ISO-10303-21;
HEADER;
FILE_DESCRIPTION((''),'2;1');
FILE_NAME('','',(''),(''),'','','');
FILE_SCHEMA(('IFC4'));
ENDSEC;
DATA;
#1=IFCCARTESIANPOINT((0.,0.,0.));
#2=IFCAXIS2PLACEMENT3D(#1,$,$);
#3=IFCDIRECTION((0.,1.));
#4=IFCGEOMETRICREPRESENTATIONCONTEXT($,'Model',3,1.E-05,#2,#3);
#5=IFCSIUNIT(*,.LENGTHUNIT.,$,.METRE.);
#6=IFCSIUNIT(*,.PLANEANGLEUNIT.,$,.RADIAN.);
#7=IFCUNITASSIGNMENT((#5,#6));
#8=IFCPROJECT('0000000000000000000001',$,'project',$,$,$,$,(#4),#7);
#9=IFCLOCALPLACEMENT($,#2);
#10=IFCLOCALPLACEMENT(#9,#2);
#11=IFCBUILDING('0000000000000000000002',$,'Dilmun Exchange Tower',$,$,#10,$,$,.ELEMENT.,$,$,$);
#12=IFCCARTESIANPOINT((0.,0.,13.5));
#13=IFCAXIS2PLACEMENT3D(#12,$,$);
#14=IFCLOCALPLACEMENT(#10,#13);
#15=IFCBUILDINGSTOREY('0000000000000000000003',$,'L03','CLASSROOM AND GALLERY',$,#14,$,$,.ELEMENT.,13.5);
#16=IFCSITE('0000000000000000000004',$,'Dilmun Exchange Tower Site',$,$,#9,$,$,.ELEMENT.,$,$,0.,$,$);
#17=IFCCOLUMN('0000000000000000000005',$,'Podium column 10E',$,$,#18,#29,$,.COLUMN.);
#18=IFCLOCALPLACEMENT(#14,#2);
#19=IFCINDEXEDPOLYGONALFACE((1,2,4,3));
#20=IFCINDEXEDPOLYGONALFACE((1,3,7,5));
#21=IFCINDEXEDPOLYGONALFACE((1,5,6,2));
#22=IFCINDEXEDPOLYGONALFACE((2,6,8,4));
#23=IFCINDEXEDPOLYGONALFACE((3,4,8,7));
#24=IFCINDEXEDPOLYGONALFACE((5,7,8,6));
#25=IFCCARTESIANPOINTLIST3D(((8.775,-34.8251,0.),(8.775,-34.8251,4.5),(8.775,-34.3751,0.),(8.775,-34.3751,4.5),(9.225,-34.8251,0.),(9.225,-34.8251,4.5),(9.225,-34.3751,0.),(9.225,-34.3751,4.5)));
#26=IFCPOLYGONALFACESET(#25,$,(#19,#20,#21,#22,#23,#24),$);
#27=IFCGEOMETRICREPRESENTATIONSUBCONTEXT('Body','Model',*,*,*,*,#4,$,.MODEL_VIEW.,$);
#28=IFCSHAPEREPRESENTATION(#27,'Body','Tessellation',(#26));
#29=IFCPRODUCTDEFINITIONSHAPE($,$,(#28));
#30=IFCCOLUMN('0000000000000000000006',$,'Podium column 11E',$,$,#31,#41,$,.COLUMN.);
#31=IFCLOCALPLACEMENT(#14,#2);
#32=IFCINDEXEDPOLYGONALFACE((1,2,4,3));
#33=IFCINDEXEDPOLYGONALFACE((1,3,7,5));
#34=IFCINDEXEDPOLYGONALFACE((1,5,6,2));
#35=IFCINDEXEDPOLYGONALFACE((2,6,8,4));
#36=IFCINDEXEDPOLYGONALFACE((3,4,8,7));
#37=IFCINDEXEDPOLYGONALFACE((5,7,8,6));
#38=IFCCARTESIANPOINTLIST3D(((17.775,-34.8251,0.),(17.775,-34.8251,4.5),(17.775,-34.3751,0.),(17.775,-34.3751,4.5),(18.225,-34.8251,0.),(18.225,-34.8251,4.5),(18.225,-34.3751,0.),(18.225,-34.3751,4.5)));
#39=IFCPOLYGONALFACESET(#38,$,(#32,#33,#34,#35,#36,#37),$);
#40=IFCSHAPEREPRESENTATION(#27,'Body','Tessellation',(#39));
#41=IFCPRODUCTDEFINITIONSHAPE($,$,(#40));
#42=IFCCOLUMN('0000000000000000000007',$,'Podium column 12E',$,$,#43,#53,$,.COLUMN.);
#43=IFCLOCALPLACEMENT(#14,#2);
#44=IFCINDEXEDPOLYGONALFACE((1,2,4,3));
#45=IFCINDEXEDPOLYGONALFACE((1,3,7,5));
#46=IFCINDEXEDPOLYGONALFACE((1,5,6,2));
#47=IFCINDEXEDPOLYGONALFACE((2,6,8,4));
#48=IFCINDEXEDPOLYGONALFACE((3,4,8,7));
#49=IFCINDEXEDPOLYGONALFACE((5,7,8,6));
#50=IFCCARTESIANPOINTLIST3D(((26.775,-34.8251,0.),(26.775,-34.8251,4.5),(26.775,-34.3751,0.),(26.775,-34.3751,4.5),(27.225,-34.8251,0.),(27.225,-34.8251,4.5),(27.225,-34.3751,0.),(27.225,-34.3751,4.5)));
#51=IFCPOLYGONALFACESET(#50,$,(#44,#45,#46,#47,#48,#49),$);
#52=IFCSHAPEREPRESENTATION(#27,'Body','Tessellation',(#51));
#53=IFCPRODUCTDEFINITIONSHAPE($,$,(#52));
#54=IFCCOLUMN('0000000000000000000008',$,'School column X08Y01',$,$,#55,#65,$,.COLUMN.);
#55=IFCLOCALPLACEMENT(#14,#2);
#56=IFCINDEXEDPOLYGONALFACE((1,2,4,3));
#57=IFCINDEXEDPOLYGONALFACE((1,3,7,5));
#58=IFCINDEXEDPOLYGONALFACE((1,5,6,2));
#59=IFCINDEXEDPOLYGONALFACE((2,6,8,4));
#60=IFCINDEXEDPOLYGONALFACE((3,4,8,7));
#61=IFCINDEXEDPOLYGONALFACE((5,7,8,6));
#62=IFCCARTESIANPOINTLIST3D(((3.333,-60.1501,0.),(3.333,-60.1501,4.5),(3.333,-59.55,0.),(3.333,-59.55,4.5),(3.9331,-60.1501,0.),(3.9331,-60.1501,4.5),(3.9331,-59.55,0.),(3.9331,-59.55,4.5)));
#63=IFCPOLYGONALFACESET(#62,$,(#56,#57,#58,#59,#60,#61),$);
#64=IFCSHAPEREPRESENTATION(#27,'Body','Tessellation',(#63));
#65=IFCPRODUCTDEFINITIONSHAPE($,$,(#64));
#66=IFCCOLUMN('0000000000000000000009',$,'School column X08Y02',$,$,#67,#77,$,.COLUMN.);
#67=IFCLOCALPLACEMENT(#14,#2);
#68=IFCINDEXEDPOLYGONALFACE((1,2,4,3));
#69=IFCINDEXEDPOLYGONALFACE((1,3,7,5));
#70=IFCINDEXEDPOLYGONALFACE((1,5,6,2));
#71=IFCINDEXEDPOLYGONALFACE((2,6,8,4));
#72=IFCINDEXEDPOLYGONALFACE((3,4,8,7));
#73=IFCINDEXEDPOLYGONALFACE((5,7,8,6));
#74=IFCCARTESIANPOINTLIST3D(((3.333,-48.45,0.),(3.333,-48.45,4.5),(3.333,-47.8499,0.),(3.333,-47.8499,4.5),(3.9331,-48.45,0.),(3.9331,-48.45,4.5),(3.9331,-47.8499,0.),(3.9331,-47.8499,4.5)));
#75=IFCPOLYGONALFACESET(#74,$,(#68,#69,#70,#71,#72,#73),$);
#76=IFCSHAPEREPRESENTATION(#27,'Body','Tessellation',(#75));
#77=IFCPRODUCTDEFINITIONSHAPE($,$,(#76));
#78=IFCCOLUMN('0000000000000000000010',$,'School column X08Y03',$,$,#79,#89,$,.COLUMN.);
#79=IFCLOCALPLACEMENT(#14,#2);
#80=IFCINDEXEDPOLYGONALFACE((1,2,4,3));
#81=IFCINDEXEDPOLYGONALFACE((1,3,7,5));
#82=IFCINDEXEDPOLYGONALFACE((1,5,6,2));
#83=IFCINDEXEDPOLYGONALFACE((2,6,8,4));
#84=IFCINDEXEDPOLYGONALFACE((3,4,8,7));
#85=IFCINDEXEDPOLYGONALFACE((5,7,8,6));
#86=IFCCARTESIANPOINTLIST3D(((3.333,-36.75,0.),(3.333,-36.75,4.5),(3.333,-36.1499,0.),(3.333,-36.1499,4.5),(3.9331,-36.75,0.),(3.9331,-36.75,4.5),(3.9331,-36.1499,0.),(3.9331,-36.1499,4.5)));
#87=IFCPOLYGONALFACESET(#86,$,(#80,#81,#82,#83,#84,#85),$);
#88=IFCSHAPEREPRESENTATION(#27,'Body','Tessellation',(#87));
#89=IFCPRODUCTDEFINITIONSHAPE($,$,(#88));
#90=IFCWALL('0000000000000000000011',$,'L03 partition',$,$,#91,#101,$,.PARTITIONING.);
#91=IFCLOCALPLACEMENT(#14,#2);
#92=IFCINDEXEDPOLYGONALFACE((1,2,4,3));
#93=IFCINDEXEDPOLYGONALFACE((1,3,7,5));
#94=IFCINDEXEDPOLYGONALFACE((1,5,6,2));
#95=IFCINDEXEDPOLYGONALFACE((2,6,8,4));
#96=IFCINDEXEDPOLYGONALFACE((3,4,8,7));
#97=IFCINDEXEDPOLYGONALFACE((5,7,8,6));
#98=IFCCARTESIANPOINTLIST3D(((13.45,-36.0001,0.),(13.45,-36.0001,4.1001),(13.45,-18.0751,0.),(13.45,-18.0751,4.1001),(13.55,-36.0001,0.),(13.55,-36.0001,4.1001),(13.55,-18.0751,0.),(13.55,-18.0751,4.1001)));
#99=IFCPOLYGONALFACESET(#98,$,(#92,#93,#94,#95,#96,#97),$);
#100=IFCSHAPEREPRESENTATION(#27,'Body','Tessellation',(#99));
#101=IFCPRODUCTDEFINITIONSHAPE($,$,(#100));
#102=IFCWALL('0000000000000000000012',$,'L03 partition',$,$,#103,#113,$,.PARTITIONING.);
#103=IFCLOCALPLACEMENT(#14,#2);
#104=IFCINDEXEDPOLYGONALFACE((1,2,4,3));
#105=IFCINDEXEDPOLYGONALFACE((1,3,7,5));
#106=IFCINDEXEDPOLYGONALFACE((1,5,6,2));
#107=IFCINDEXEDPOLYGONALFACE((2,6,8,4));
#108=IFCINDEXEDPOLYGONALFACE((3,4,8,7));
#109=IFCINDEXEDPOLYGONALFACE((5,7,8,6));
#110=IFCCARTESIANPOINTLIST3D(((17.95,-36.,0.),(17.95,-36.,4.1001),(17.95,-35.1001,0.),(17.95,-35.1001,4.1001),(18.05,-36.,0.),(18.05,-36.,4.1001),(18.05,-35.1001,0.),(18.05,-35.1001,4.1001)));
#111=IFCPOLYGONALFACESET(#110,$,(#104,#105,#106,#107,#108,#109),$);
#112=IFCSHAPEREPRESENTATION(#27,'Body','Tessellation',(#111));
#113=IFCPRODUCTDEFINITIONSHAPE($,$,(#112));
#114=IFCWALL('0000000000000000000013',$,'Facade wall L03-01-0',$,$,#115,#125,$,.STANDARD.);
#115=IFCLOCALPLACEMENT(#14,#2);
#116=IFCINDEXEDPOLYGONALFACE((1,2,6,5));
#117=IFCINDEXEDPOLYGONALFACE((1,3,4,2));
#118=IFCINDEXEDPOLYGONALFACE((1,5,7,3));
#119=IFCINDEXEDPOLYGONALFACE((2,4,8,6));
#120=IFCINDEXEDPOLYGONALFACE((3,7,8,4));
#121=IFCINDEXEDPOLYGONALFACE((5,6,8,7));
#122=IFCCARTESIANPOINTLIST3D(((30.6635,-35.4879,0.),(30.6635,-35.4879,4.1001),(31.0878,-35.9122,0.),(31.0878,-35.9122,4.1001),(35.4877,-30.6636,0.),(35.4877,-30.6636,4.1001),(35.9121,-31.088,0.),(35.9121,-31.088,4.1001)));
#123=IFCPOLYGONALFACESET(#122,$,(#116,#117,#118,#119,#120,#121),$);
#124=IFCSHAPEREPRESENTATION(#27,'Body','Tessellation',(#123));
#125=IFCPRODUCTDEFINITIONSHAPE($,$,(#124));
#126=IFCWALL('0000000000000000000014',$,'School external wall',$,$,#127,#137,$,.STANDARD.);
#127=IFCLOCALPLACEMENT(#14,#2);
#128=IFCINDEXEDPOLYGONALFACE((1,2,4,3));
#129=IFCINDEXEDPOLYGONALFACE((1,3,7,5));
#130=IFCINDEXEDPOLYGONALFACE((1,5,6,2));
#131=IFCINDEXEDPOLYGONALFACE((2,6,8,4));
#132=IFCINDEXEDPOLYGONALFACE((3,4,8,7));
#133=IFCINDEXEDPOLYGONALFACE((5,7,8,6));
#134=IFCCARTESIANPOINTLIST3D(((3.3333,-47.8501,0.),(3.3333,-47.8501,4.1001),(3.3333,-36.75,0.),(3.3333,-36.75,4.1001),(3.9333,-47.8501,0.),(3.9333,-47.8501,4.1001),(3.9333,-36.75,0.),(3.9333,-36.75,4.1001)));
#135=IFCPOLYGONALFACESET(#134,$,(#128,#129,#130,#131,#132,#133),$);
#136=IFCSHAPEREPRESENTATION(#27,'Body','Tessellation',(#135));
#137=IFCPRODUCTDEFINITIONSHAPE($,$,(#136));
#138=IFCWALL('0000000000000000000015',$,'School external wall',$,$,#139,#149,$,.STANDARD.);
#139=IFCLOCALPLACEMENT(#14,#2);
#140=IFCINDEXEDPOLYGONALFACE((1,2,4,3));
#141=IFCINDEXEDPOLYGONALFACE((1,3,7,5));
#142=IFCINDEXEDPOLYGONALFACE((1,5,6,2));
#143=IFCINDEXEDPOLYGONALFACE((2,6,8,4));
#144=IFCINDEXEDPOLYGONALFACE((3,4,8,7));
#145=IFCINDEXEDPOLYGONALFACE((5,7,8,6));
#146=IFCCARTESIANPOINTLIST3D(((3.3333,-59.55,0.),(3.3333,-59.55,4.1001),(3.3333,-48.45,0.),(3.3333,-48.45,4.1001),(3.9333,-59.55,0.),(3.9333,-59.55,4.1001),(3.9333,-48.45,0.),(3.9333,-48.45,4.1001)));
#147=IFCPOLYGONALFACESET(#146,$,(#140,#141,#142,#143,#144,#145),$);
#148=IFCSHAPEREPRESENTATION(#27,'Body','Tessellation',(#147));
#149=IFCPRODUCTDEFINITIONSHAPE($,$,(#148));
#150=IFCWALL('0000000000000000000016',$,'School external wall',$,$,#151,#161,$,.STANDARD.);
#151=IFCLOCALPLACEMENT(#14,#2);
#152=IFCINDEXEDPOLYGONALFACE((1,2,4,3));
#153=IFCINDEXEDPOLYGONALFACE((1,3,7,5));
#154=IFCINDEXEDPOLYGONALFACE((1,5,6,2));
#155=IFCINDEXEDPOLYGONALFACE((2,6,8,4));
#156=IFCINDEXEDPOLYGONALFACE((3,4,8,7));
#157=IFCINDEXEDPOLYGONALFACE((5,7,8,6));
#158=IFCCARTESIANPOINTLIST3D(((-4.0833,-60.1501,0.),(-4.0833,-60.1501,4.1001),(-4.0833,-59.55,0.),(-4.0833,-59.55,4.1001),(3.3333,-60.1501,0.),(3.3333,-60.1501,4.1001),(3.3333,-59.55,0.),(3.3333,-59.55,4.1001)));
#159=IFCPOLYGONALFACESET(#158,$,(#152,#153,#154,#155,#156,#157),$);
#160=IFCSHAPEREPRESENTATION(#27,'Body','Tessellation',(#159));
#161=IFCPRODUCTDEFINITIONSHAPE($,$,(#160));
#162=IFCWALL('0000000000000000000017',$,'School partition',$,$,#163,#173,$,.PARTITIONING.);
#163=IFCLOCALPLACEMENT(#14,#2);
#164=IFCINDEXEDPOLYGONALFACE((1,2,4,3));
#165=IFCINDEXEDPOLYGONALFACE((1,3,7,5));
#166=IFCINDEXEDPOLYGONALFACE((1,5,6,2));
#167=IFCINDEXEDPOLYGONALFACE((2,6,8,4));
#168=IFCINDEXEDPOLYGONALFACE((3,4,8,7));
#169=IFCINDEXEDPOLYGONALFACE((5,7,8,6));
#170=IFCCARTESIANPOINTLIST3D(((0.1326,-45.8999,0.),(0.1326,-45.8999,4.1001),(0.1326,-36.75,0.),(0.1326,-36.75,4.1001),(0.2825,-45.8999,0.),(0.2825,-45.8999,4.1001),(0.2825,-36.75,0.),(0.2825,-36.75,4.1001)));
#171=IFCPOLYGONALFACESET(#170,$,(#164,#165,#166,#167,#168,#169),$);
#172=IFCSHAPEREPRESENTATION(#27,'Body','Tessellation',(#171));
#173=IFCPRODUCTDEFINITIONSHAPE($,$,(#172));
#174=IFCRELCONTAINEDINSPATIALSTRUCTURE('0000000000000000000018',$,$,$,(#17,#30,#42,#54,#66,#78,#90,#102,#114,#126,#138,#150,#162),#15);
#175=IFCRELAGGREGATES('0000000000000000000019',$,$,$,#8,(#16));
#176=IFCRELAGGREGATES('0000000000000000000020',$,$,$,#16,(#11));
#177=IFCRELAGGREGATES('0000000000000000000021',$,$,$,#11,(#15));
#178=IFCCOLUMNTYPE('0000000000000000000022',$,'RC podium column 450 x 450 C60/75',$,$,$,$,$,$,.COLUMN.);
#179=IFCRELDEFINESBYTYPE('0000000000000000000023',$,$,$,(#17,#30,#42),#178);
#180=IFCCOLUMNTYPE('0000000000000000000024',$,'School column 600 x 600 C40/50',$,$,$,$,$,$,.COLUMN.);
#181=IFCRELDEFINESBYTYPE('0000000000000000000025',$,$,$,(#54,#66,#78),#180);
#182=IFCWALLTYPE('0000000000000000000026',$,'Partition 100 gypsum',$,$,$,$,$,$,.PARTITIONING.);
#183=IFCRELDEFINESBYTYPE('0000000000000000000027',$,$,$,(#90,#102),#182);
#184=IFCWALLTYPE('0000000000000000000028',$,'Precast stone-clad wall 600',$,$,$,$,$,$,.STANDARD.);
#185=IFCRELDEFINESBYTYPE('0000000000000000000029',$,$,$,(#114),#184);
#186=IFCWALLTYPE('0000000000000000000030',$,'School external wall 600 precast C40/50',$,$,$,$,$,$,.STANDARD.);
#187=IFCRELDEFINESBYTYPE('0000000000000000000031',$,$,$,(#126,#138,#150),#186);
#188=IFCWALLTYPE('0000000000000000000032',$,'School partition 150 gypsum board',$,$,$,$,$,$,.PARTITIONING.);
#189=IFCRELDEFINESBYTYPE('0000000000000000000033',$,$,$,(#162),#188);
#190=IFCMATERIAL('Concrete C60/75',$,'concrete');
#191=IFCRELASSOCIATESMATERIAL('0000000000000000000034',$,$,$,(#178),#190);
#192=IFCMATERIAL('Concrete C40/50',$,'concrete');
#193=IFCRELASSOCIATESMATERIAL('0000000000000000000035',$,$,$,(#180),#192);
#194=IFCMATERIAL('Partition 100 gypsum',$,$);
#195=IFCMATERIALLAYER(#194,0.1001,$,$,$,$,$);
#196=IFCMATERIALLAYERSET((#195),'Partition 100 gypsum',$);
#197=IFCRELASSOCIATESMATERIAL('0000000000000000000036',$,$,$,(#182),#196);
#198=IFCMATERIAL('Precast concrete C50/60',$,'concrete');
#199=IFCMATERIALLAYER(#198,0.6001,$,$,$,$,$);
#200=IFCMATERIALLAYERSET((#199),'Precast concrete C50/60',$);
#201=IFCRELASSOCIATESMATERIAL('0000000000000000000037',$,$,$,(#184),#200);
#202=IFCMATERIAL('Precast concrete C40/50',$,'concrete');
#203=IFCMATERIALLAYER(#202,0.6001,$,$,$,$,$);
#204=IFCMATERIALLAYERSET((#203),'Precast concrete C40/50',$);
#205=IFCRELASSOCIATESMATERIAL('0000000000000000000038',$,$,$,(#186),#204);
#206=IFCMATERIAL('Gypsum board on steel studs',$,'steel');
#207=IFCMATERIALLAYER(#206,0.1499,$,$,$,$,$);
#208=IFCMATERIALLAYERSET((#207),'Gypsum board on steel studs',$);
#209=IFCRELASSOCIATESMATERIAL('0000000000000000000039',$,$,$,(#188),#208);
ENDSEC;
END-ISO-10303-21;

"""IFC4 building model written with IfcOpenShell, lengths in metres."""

from ifc_helpers import new_model, si_unit, direction, frame, frame_2d, origin, origin_2d, place, context, subcontext, project, spatial, rectangle, extrude, material, layer, layer_set, material_profile, profile_set, type_object, element, save


model = new_model("IFC4")

# Units and contexts
model_context = context("Model", 3, precision=1e-05, world=origin(), true_north=direction((0.0, 1.0)))
body_context = subcontext(model_context, "Body", "Model", "MODEL_VIEW")
ifc_project = project(units=[si_unit("LENGTHUNIT", "METRE"), si_unit("PLANEANGLEUNIT", "RADIAN")], contexts=[model_context])

# Site, building, storey
site_placement = place(None, origin())
site = spatial("IfcSite", under=ifc_project, at=site_placement, Name="Dilmun Exchange Tower Site", CompositionType="ELEMENT", RefElevation=0.0)
building_placement = place(site_placement, origin())
building = spatial("IfcBuilding", under=site, at=building_placement, Name="Dilmun Exchange Tower", CompositionType="ELEMENT")
storey_placement = place(building_placement, frame((0.0, 0.0, 13.5)))
storey = spatial("IfcBuildingStorey", under=building, at=storey_placement, Name="L03", Description="CLASSROOM AND GALLERY", CompositionType="ELEMENT", Elevation=13.5)

# Columns
ifc_material_1 = material(Name="Concrete C60/75", Category="concrete")
ifc_material_profile_1 = material_profile(ifc_material_1, rectangle(XDim=0.45, YDim=0.45, at=origin_2d()), Name="450 x 450")
ifc_profile_set_1 = profile_set([ifc_material_profile_1], Name="Concrete C60/75")
column_type_1 = type_object("IfcColumnType", Name="RC podium column 450 x 450 C60/75", PredefinedType="COLUMN", material=ifc_profile_set_1)
for number, where, z_axis, x_axis, name in (
    (1, (9.0, -34.6001, 0.0), (0.0, 0.0, 1.0), (1.0, 0.0, 0.0), "Podium column 10E"),
    (2, (18.0, -34.6001, 0.0), (0.0, 0.0, 1.0), (1.0, 0.0, 0.0), "Podium column 11E"),
    (3, (27.0, -34.6001, 0.0), (0.0, 0.0, 1.0), (1.0, 0.0, 0.0), "Podium column 12E"),
):
    element("IfcColumn", number, at=place(storey_placement, frame(where, z_axis=z_axis, x_axis=x_axis)), inside=storey, type_object=column_type_1, Name=name, PredefinedType="COLUMN", context=body_context, shape_type="SweptSolid", body=[
        extrude(rectangle(XDim=0.45, YDim=0.45, at=origin_2d()), origin(), (0.0, 0.0, 1.0), 4.5),
    ])
ifc_material_2 = material(Name="Concrete C40/50", Category="concrete")
ifc_material_profile_2 = material_profile(ifc_material_2, rectangle(XDim=0.6001, YDim=0.6001, at=origin_2d()), Name="600 x 600")
ifc_profile_set_2 = profile_set([ifc_material_profile_2], Name="Concrete C40/50")
column_type_2 = type_object("IfcColumnType", Name="School column 600 x 600 C40/50", PredefinedType="COLUMN", material=ifc_profile_set_2)
for number, where, z_axis, x_axis, name in (
    (4, (3.6331, -59.8501, 0.0), (0.0, 0.0, 1.0), (1.0, 0.0, 0.0), "School column X08Y01"),
    (5, (3.6331, -48.1499, 0.0), (0.0, 0.0, 1.0), (1.0, 0.0, 0.0), "School column X08Y02"),
    (6, (3.6331, -36.45, 0.0), (0.0, 0.0, 1.0), (1.0, 0.0, 0.0), "School column X08Y03"),
):
    element("IfcColumn", number, at=place(storey_placement, frame(where, z_axis=z_axis, x_axis=x_axis)), inside=storey, type_object=column_type_2, Name=name, PredefinedType="COLUMN", context=body_context, shape_type="SweptSolid", body=[
        extrude(rectangle(XDim=0.6001, YDim=0.6001, at=origin_2d()), origin(), (0.0, 0.0, 1.0), 4.5),
    ])

# Walls
ifc_material_3 = material(Name="Partition 100 gypsum")
ifc_layer_1 = layer(ifc_material_3, 0.1001)
ifc_layer_set_1 = layer_set([ifc_layer_1], Name="Partition 100 gypsum")
wall_type_1 = type_object("IfcWallType", Name="Partition 100 gypsum", PredefinedType="PARTITIONING", material=ifc_layer_set_1)
wall_1_placement = place(storey_placement, frame((13.5, -36.0, 0.0), z_axis=(0.0, 0.0, 1.0), x_axis=(0.0, 1.0, 0.0)))
element("IfcWall", 7, at=wall_1_placement, inside=storey, type_object=wall_type_1, Name="L03 partition", PredefinedType="PARTITIONING", context=body_context, shape_type="SweptSolid", body=[
    extrude(rectangle(XDim=17.925, YDim=0.1001, at=frame_2d((8.9624, 0.0))), origin(), (0.0, 0.0, 1.0), 4.1001),
])
wall_2_placement = place(storey_placement, frame((18.0, -36.0, 0.0), z_axis=(0.0, 0.0, 1.0), x_axis=(0.0, 1.0, 0.0)))
element("IfcWall", 8, at=wall_2_placement, inside=storey, type_object=wall_type_1, Name="L03 partition", PredefinedType="PARTITIONING", context=body_context, shape_type="SweptSolid", body=[
    extrude(rectangle(XDim=0.8999, YDim=0.1001, at=frame_2d((0.45, 0.0))), origin(), (0.0, 0.0, 1.0), 4.1001),
])
ifc_material_4 = material(Name="Precast concrete C50/60", Category="concrete")
ifc_layer_2 = layer(ifc_material_4, 0.6001)
ifc_layer_set_2 = layer_set([ifc_layer_2], Name="Precast concrete C50/60")
wall_type_2 = type_object("IfcWallType", Name="Precast stone-clad wall 600", PredefinedType="STANDARD", material=ifc_layer_set_2)
wall_3_placement = place(storey_placement, frame((30.8757, -35.7, 0.0), z_axis=(0.0, 0.0, 1.0), x_axis=(0.707107, 0.707107, 0.0)))
element("IfcWall", 9, at=wall_3_placement, inside=storey, type_object=wall_type_2, Name="Facade wall L03-01-0", PredefinedType="STANDARD", context=body_context, shape_type="SweptSolid", body=[
    extrude(rectangle(XDim=6.8225, YDim=0.6001, at=frame_2d((3.4111, 0.0))), origin(), (0.0, 0.0, 1.0), 4.1001),
])
ifc_material_5 = material(Name="Precast concrete C40/50", Category="concrete")
ifc_layer_3 = layer(ifc_material_5, 0.6001)
ifc_layer_set_3 = layer_set([ifc_layer_3], Name="Precast concrete C40/50")
wall_type_3 = type_object("IfcWallType", Name="School external wall 600 precast C40/50", PredefinedType="STANDARD", material=ifc_layer_set_3)
for number, where, z_axis, x_axis, name in (
    (10, (3.6333, -36.75, 0.0), (0.0, 0.0, 1.0), (0.0, -1.0, 0.0), "School external wall"),
    (11, (3.6333, -48.45, 0.0), (0.0, 0.0, 1.0), (0.0, -1.0, 0.0), "School external wall"),
):
    element("IfcWall", number, at=place(storey_placement, frame(where, z_axis=z_axis, x_axis=x_axis)), inside=storey, type_object=wall_type_3, Name=name, PredefinedType="STANDARD", context=body_context, shape_type="SweptSolid", body=[
        extrude(rectangle(XDim=11.1001, YDim=0.6001, at=frame_2d((5.55, 0.0))), origin(), (0.0, 0.0, 1.0), 4.1001),
    ])
wall_4_placement = place(storey_placement, frame((3.3333, -59.8501, 0.0), z_axis=(0.0, 0.0, 1.0), x_axis=(-1.0, 0.0, 0.0)))
element("IfcWall", 12, at=wall_4_placement, inside=storey, type_object=wall_type_3, Name="School external wall", PredefinedType="STANDARD", context=body_context, shape_type="SweptSolid", body=[
    extrude(rectangle(XDim=7.4165, YDim=0.6001, at=frame_2d((3.7083, 0.0))), origin(), (0.0, 0.0, 1.0), 4.1001),
])
ifc_material_6 = material(Name="Gypsum board on steel studs", Category="steel")
ifc_layer_4 = layer(ifc_material_6, 0.1499)
ifc_layer_set_4 = layer_set([ifc_layer_4], Name="Gypsum board on steel studs")
wall_type_4 = type_object("IfcWallType", Name="School partition 150 gypsum board", PredefinedType="PARTITIONING", material=ifc_layer_set_4)
wall_5_placement = place(storey_placement, frame((0.2075, -45.8999, 0.0), z_axis=(0.0, 0.0, 1.0), x_axis=(0.0, 1.0, 0.0)))
element("IfcWall", 13, at=wall_5_placement, inside=storey, type_object=wall_type_4, Name="School partition", PredefinedType="PARTITIONING", context=body_context, shape_type="SweptSolid", body=[
    extrude(rectangle(XDim=9.1499, YDim=0.1499, at=frame_2d((4.575, 0.0))), origin(), (0.0, 0.0, 1.0), 4.1001),
])

save(model, "model.ifc")
